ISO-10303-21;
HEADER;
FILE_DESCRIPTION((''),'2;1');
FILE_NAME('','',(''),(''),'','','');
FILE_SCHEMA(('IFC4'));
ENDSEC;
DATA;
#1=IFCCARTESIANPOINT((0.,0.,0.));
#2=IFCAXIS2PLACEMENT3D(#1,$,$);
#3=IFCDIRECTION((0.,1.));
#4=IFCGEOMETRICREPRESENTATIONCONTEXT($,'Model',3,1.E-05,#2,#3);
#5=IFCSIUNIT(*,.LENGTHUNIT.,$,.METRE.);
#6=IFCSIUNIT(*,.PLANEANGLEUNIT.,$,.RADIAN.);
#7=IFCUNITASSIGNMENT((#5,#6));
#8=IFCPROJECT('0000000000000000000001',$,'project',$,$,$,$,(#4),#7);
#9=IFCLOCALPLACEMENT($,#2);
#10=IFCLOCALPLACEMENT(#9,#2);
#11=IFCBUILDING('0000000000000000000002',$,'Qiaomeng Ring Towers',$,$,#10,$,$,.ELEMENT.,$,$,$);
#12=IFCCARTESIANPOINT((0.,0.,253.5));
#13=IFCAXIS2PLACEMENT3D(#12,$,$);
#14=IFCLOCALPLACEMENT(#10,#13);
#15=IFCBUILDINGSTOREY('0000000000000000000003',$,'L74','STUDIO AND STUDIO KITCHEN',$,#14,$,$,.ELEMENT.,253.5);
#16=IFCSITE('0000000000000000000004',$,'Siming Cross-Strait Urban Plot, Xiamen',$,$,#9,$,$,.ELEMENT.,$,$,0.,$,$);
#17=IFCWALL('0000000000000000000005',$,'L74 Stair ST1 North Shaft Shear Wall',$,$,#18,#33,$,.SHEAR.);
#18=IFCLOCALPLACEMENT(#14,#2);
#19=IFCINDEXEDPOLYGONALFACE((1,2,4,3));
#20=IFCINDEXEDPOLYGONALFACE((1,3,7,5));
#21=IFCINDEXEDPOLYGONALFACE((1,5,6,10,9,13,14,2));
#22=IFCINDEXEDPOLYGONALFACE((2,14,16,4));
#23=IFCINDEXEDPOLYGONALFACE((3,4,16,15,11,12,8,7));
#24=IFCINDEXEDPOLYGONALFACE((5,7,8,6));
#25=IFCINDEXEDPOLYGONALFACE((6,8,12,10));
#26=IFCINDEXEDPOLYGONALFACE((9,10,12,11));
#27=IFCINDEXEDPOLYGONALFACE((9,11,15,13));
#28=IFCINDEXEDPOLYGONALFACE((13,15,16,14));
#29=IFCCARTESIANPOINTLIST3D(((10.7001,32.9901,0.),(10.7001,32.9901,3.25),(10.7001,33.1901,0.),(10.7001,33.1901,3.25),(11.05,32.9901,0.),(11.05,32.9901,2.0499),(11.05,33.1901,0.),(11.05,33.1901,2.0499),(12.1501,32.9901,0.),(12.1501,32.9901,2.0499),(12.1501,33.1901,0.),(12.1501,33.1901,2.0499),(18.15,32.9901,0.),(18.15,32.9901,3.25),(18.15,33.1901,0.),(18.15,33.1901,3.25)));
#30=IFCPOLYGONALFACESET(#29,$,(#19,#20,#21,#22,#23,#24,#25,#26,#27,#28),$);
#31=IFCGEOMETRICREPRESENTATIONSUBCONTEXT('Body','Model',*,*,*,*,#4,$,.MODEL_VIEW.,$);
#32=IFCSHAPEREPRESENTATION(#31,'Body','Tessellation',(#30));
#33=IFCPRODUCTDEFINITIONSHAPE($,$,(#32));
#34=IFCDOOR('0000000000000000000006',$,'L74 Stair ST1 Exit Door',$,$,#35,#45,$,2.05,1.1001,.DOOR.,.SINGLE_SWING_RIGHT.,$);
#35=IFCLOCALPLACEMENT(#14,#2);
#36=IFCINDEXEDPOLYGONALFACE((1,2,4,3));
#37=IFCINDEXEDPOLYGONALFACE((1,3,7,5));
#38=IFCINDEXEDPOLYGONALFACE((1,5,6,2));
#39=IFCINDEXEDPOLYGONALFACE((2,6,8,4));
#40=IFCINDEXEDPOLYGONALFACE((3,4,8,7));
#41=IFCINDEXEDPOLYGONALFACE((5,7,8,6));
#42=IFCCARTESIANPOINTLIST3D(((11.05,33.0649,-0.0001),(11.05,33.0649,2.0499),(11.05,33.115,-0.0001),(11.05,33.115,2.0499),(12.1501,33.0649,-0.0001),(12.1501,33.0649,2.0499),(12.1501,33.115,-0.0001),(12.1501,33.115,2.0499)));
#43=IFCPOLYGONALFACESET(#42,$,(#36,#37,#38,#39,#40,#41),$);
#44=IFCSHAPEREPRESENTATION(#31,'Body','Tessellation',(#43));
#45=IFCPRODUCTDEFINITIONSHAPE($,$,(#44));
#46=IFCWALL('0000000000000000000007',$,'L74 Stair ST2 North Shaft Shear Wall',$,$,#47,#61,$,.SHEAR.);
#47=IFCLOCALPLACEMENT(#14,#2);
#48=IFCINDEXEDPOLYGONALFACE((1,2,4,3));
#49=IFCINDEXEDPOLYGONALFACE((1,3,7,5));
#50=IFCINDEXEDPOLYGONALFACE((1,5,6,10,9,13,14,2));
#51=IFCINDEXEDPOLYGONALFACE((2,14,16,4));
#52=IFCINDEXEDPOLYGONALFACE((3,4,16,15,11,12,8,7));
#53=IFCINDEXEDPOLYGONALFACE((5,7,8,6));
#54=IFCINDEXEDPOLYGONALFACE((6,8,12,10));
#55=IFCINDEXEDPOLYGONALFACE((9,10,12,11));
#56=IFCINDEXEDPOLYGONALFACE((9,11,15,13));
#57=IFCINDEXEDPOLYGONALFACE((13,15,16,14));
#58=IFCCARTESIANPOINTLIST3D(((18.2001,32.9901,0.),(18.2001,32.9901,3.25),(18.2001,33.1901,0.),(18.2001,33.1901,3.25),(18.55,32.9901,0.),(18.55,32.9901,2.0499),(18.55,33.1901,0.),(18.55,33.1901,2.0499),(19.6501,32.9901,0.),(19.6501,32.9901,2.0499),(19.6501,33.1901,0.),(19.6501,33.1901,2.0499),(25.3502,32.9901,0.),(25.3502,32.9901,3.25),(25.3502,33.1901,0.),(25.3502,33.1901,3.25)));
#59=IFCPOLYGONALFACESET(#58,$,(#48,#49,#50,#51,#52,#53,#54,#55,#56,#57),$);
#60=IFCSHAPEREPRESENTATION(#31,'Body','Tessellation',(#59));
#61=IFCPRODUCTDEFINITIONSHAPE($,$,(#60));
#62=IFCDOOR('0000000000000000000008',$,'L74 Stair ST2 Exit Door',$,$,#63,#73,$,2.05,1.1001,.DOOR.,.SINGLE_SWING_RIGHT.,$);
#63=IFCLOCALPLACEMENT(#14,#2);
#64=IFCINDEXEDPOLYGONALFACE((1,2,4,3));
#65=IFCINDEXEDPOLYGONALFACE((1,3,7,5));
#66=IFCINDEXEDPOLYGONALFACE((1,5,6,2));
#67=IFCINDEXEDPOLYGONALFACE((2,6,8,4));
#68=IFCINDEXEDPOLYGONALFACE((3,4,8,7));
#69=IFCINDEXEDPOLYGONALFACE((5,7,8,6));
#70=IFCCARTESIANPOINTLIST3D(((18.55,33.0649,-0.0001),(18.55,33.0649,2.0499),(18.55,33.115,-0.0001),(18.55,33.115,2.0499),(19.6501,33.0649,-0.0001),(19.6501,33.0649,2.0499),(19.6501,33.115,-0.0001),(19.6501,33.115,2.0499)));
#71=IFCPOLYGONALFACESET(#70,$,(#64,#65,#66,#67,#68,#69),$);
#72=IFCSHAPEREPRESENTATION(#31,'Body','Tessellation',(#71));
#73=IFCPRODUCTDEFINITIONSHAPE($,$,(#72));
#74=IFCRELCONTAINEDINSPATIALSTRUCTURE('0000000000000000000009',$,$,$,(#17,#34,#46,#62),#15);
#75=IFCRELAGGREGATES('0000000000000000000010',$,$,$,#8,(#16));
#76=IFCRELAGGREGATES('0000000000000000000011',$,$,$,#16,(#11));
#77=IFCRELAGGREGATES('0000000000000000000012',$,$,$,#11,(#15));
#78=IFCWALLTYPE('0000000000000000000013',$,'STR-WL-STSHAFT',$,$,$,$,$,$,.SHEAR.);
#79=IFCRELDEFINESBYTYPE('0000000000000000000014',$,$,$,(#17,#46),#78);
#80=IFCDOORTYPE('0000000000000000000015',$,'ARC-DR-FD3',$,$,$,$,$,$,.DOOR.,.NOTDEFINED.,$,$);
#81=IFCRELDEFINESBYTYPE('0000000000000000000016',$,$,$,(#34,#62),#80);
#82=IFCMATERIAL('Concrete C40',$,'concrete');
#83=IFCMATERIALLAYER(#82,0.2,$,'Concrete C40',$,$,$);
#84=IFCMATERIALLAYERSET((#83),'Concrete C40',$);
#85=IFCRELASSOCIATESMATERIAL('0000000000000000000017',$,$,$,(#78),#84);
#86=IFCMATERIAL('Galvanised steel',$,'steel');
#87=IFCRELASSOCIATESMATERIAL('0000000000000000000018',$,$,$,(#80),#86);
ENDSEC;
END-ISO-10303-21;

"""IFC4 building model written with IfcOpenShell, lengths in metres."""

from ifc_helpers import new_model, si_unit, direction, frame, frame_2d, origin, place, context, subcontext, project, spatial, rectangle, extrude, source, transform, mapped, material, layer, layer_set, type_object, element, fill, save


model = new_model("IFC4")

# Units and contexts
model_context = context("Model", 3, precision=1e-05, world=origin(), true_north=direction((0.0, 1.0)))
body_context = subcontext(model_context, "Body", "Model", "MODEL_VIEW")
ifc_project = project(units=[si_unit("LENGTHUNIT", "METRE"), si_unit("PLANEANGLEUNIT", "RADIAN")], contexts=[model_context])

# Site, building, storey
site_placement = place(None, origin())
site = spatial("IfcSite", under=ifc_project, at=site_placement, Name="Siming Cross-Strait Urban Plot, Xiamen", CompositionType="ELEMENT", RefElevation=0.0)
building_placement = place(site_placement, origin())
building = spatial("IfcBuilding", under=site, at=building_placement, Name="Qiaomeng Ring Towers", CompositionType="ELEMENT")
storey_placement = place(building_placement, frame((0.0, 0.0, 253.5)))
storey = spatial("IfcBuildingStorey", under=building, at=storey_placement, Name="L74", Description="STUDIO AND STUDIO KITCHEN", CompositionType="ELEMENT", Elevation=253.5)

# Shared definitions
ifc_material_1 = material(Name="Concrete C40", Category="concrete")
ifc_layer_1 = layer(ifc_material_1, 0.2, Name="Concrete C40")
ifc_layer_set_1 = layer_set([ifc_layer_1], Name="Concrete C40")
wall_type_1 = type_object("IfcWallType", Name="STR-WL-STSHAFT", PredefinedType="SHEAR", material=ifc_layer_set_1)

# Walls, openings, doors
wall_1_placement = place(storey_placement, frame((10.7, 33.0901, 0.0), z_axis=(0.0, 0.0, 1.0), x_axis=(1.0, 0.0, 0.0)))
wall_1 = element("IfcWall", 1, at=wall_1_placement, inside=storey, type_object=wall_type_1, Name="L74 Stair ST1 North Shaft Shear Wall", PredefinedType="SHEAR", context=body_context, shape_type="SweptSolid", body=[
    extrude(rectangle(XDim=7.45, YDim=0.2, at=frame_2d((3.7251, 0.0))), origin(), (0.0, 0.0, 1.0), 3.25),
])
opening_1_placement = place(wall_1_placement, frame((0.3501, 0.0, 0.0)))
opening_1 = element("IfcOpeningElement", 2, at=opening_1_placement, cuts=wall_1, PredefinedType="OPENING", context=body_context, shape_type="SweptSolid", body=[
    extrude(rectangle(XDim=1.1001, YDim=2.05, at=frame_2d((0.55, 1.0249))), frame((0.0, 0.1099, 0.0), z_axis=(0.0, -1.0, 0.0), x_axis=(1.0, 0.0, 0.0)), (0.0, 0.0, 1.0), 0.22),
])
ifc_material_2 = material(Name="Galvanised steel", Category="steel")
door_type_1 = type_object("IfcDoorType", Name="ARC-DR-FD3", OperationType="NOTDEFINED", PredefinedType="DOOR", material=ifc_material_2)
shared_shape_1 = source(origin(), body_context, "Body", "SweptSolid", [
    extrude(rectangle(XDim=1.1001, YDim=2.05, at=frame_2d((0.55, 1.0249))), frame((0.0, 0.0249, 0.0), z_axis=(0.0, -1.0, 0.0), x_axis=(1.0, 0.0, 0.0)), (0.0, 0.0, 1.0), 0.05),
])
door_1_placement = place(opening_1_placement, origin())
door_1 = element("IfcDoor", 3, at=door_1_placement, inside=storey, type_object=door_type_1, Name="L74 Stair ST1 Exit Door", OperationType="SINGLE_SWING_RIGHT", OverallHeight=2.05, OverallWidth=1.1001, PredefinedType="DOOR", context=body_context, shape_type="MappedRepresentation", body=[
    mapped(shared_shape_1, transform((0.0, 0.0, 0.0), x_axis=(1.0, 0.0, 0.0), y_axis=(0.0, 1.0, 0.0), z_axis=(0.0, 0.0, 1.0), scale=1.0)),
])
fill(opening_1, door_1)
wall_2_placement = place(storey_placement, frame((18.2, 33.0901, 0.0), z_axis=(0.0, 0.0, 1.0), x_axis=(1.0, 0.0, 0.0)))
wall_2 = element("IfcWall", 4, at=wall_2_placement, inside=storey, type_object=wall_type_1, Name="L74 Stair ST2 North Shaft Shear Wall", PredefinedType="SHEAR", context=body_context, shape_type="SweptSolid", body=[
    extrude(rectangle(XDim=7.1501, YDim=0.2, at=frame_2d((3.5752, 0.0))), origin(), (0.0, 0.0, 1.0), 3.25),
])
opening_2_placement = place(wall_2_placement, frame((0.3501, 0.0, 0.0)))
opening_2 = element("IfcOpeningElement", 5, at=opening_2_placement, cuts=wall_2, PredefinedType="OPENING", context=body_context, shape_type="SweptSolid", body=[
    extrude(rectangle(XDim=1.1001, YDim=2.05, at=frame_2d((0.55, 1.0249))), frame((0.0, 0.1099, 0.0), z_axis=(0.0, -1.0, 0.0), x_axis=(1.0, 0.0, 0.0)), (0.0, 0.0, 1.0), 0.22),
])
door_2_placement = place(opening_2_placement, origin())
door_2 = element("IfcDoor", 6, at=door_2_placement, inside=storey, type_object=door_type_1, Name="L74 Stair ST2 Exit Door", OperationType="SINGLE_SWING_RIGHT", OverallHeight=2.05, OverallWidth=1.1001, PredefinedType="DOOR", context=body_context, shape_type="MappedRepresentation", body=[
    mapped(shared_shape_1, transform((0.0, 0.0, 0.0), x_axis=(1.0, 0.0, 0.0), y_axis=(0.0, 1.0, 0.0), z_axis=(0.0, 0.0, 1.0), scale=1.0)),
])
fill(opening_2, door_2)

save(model, "model.ifc")
